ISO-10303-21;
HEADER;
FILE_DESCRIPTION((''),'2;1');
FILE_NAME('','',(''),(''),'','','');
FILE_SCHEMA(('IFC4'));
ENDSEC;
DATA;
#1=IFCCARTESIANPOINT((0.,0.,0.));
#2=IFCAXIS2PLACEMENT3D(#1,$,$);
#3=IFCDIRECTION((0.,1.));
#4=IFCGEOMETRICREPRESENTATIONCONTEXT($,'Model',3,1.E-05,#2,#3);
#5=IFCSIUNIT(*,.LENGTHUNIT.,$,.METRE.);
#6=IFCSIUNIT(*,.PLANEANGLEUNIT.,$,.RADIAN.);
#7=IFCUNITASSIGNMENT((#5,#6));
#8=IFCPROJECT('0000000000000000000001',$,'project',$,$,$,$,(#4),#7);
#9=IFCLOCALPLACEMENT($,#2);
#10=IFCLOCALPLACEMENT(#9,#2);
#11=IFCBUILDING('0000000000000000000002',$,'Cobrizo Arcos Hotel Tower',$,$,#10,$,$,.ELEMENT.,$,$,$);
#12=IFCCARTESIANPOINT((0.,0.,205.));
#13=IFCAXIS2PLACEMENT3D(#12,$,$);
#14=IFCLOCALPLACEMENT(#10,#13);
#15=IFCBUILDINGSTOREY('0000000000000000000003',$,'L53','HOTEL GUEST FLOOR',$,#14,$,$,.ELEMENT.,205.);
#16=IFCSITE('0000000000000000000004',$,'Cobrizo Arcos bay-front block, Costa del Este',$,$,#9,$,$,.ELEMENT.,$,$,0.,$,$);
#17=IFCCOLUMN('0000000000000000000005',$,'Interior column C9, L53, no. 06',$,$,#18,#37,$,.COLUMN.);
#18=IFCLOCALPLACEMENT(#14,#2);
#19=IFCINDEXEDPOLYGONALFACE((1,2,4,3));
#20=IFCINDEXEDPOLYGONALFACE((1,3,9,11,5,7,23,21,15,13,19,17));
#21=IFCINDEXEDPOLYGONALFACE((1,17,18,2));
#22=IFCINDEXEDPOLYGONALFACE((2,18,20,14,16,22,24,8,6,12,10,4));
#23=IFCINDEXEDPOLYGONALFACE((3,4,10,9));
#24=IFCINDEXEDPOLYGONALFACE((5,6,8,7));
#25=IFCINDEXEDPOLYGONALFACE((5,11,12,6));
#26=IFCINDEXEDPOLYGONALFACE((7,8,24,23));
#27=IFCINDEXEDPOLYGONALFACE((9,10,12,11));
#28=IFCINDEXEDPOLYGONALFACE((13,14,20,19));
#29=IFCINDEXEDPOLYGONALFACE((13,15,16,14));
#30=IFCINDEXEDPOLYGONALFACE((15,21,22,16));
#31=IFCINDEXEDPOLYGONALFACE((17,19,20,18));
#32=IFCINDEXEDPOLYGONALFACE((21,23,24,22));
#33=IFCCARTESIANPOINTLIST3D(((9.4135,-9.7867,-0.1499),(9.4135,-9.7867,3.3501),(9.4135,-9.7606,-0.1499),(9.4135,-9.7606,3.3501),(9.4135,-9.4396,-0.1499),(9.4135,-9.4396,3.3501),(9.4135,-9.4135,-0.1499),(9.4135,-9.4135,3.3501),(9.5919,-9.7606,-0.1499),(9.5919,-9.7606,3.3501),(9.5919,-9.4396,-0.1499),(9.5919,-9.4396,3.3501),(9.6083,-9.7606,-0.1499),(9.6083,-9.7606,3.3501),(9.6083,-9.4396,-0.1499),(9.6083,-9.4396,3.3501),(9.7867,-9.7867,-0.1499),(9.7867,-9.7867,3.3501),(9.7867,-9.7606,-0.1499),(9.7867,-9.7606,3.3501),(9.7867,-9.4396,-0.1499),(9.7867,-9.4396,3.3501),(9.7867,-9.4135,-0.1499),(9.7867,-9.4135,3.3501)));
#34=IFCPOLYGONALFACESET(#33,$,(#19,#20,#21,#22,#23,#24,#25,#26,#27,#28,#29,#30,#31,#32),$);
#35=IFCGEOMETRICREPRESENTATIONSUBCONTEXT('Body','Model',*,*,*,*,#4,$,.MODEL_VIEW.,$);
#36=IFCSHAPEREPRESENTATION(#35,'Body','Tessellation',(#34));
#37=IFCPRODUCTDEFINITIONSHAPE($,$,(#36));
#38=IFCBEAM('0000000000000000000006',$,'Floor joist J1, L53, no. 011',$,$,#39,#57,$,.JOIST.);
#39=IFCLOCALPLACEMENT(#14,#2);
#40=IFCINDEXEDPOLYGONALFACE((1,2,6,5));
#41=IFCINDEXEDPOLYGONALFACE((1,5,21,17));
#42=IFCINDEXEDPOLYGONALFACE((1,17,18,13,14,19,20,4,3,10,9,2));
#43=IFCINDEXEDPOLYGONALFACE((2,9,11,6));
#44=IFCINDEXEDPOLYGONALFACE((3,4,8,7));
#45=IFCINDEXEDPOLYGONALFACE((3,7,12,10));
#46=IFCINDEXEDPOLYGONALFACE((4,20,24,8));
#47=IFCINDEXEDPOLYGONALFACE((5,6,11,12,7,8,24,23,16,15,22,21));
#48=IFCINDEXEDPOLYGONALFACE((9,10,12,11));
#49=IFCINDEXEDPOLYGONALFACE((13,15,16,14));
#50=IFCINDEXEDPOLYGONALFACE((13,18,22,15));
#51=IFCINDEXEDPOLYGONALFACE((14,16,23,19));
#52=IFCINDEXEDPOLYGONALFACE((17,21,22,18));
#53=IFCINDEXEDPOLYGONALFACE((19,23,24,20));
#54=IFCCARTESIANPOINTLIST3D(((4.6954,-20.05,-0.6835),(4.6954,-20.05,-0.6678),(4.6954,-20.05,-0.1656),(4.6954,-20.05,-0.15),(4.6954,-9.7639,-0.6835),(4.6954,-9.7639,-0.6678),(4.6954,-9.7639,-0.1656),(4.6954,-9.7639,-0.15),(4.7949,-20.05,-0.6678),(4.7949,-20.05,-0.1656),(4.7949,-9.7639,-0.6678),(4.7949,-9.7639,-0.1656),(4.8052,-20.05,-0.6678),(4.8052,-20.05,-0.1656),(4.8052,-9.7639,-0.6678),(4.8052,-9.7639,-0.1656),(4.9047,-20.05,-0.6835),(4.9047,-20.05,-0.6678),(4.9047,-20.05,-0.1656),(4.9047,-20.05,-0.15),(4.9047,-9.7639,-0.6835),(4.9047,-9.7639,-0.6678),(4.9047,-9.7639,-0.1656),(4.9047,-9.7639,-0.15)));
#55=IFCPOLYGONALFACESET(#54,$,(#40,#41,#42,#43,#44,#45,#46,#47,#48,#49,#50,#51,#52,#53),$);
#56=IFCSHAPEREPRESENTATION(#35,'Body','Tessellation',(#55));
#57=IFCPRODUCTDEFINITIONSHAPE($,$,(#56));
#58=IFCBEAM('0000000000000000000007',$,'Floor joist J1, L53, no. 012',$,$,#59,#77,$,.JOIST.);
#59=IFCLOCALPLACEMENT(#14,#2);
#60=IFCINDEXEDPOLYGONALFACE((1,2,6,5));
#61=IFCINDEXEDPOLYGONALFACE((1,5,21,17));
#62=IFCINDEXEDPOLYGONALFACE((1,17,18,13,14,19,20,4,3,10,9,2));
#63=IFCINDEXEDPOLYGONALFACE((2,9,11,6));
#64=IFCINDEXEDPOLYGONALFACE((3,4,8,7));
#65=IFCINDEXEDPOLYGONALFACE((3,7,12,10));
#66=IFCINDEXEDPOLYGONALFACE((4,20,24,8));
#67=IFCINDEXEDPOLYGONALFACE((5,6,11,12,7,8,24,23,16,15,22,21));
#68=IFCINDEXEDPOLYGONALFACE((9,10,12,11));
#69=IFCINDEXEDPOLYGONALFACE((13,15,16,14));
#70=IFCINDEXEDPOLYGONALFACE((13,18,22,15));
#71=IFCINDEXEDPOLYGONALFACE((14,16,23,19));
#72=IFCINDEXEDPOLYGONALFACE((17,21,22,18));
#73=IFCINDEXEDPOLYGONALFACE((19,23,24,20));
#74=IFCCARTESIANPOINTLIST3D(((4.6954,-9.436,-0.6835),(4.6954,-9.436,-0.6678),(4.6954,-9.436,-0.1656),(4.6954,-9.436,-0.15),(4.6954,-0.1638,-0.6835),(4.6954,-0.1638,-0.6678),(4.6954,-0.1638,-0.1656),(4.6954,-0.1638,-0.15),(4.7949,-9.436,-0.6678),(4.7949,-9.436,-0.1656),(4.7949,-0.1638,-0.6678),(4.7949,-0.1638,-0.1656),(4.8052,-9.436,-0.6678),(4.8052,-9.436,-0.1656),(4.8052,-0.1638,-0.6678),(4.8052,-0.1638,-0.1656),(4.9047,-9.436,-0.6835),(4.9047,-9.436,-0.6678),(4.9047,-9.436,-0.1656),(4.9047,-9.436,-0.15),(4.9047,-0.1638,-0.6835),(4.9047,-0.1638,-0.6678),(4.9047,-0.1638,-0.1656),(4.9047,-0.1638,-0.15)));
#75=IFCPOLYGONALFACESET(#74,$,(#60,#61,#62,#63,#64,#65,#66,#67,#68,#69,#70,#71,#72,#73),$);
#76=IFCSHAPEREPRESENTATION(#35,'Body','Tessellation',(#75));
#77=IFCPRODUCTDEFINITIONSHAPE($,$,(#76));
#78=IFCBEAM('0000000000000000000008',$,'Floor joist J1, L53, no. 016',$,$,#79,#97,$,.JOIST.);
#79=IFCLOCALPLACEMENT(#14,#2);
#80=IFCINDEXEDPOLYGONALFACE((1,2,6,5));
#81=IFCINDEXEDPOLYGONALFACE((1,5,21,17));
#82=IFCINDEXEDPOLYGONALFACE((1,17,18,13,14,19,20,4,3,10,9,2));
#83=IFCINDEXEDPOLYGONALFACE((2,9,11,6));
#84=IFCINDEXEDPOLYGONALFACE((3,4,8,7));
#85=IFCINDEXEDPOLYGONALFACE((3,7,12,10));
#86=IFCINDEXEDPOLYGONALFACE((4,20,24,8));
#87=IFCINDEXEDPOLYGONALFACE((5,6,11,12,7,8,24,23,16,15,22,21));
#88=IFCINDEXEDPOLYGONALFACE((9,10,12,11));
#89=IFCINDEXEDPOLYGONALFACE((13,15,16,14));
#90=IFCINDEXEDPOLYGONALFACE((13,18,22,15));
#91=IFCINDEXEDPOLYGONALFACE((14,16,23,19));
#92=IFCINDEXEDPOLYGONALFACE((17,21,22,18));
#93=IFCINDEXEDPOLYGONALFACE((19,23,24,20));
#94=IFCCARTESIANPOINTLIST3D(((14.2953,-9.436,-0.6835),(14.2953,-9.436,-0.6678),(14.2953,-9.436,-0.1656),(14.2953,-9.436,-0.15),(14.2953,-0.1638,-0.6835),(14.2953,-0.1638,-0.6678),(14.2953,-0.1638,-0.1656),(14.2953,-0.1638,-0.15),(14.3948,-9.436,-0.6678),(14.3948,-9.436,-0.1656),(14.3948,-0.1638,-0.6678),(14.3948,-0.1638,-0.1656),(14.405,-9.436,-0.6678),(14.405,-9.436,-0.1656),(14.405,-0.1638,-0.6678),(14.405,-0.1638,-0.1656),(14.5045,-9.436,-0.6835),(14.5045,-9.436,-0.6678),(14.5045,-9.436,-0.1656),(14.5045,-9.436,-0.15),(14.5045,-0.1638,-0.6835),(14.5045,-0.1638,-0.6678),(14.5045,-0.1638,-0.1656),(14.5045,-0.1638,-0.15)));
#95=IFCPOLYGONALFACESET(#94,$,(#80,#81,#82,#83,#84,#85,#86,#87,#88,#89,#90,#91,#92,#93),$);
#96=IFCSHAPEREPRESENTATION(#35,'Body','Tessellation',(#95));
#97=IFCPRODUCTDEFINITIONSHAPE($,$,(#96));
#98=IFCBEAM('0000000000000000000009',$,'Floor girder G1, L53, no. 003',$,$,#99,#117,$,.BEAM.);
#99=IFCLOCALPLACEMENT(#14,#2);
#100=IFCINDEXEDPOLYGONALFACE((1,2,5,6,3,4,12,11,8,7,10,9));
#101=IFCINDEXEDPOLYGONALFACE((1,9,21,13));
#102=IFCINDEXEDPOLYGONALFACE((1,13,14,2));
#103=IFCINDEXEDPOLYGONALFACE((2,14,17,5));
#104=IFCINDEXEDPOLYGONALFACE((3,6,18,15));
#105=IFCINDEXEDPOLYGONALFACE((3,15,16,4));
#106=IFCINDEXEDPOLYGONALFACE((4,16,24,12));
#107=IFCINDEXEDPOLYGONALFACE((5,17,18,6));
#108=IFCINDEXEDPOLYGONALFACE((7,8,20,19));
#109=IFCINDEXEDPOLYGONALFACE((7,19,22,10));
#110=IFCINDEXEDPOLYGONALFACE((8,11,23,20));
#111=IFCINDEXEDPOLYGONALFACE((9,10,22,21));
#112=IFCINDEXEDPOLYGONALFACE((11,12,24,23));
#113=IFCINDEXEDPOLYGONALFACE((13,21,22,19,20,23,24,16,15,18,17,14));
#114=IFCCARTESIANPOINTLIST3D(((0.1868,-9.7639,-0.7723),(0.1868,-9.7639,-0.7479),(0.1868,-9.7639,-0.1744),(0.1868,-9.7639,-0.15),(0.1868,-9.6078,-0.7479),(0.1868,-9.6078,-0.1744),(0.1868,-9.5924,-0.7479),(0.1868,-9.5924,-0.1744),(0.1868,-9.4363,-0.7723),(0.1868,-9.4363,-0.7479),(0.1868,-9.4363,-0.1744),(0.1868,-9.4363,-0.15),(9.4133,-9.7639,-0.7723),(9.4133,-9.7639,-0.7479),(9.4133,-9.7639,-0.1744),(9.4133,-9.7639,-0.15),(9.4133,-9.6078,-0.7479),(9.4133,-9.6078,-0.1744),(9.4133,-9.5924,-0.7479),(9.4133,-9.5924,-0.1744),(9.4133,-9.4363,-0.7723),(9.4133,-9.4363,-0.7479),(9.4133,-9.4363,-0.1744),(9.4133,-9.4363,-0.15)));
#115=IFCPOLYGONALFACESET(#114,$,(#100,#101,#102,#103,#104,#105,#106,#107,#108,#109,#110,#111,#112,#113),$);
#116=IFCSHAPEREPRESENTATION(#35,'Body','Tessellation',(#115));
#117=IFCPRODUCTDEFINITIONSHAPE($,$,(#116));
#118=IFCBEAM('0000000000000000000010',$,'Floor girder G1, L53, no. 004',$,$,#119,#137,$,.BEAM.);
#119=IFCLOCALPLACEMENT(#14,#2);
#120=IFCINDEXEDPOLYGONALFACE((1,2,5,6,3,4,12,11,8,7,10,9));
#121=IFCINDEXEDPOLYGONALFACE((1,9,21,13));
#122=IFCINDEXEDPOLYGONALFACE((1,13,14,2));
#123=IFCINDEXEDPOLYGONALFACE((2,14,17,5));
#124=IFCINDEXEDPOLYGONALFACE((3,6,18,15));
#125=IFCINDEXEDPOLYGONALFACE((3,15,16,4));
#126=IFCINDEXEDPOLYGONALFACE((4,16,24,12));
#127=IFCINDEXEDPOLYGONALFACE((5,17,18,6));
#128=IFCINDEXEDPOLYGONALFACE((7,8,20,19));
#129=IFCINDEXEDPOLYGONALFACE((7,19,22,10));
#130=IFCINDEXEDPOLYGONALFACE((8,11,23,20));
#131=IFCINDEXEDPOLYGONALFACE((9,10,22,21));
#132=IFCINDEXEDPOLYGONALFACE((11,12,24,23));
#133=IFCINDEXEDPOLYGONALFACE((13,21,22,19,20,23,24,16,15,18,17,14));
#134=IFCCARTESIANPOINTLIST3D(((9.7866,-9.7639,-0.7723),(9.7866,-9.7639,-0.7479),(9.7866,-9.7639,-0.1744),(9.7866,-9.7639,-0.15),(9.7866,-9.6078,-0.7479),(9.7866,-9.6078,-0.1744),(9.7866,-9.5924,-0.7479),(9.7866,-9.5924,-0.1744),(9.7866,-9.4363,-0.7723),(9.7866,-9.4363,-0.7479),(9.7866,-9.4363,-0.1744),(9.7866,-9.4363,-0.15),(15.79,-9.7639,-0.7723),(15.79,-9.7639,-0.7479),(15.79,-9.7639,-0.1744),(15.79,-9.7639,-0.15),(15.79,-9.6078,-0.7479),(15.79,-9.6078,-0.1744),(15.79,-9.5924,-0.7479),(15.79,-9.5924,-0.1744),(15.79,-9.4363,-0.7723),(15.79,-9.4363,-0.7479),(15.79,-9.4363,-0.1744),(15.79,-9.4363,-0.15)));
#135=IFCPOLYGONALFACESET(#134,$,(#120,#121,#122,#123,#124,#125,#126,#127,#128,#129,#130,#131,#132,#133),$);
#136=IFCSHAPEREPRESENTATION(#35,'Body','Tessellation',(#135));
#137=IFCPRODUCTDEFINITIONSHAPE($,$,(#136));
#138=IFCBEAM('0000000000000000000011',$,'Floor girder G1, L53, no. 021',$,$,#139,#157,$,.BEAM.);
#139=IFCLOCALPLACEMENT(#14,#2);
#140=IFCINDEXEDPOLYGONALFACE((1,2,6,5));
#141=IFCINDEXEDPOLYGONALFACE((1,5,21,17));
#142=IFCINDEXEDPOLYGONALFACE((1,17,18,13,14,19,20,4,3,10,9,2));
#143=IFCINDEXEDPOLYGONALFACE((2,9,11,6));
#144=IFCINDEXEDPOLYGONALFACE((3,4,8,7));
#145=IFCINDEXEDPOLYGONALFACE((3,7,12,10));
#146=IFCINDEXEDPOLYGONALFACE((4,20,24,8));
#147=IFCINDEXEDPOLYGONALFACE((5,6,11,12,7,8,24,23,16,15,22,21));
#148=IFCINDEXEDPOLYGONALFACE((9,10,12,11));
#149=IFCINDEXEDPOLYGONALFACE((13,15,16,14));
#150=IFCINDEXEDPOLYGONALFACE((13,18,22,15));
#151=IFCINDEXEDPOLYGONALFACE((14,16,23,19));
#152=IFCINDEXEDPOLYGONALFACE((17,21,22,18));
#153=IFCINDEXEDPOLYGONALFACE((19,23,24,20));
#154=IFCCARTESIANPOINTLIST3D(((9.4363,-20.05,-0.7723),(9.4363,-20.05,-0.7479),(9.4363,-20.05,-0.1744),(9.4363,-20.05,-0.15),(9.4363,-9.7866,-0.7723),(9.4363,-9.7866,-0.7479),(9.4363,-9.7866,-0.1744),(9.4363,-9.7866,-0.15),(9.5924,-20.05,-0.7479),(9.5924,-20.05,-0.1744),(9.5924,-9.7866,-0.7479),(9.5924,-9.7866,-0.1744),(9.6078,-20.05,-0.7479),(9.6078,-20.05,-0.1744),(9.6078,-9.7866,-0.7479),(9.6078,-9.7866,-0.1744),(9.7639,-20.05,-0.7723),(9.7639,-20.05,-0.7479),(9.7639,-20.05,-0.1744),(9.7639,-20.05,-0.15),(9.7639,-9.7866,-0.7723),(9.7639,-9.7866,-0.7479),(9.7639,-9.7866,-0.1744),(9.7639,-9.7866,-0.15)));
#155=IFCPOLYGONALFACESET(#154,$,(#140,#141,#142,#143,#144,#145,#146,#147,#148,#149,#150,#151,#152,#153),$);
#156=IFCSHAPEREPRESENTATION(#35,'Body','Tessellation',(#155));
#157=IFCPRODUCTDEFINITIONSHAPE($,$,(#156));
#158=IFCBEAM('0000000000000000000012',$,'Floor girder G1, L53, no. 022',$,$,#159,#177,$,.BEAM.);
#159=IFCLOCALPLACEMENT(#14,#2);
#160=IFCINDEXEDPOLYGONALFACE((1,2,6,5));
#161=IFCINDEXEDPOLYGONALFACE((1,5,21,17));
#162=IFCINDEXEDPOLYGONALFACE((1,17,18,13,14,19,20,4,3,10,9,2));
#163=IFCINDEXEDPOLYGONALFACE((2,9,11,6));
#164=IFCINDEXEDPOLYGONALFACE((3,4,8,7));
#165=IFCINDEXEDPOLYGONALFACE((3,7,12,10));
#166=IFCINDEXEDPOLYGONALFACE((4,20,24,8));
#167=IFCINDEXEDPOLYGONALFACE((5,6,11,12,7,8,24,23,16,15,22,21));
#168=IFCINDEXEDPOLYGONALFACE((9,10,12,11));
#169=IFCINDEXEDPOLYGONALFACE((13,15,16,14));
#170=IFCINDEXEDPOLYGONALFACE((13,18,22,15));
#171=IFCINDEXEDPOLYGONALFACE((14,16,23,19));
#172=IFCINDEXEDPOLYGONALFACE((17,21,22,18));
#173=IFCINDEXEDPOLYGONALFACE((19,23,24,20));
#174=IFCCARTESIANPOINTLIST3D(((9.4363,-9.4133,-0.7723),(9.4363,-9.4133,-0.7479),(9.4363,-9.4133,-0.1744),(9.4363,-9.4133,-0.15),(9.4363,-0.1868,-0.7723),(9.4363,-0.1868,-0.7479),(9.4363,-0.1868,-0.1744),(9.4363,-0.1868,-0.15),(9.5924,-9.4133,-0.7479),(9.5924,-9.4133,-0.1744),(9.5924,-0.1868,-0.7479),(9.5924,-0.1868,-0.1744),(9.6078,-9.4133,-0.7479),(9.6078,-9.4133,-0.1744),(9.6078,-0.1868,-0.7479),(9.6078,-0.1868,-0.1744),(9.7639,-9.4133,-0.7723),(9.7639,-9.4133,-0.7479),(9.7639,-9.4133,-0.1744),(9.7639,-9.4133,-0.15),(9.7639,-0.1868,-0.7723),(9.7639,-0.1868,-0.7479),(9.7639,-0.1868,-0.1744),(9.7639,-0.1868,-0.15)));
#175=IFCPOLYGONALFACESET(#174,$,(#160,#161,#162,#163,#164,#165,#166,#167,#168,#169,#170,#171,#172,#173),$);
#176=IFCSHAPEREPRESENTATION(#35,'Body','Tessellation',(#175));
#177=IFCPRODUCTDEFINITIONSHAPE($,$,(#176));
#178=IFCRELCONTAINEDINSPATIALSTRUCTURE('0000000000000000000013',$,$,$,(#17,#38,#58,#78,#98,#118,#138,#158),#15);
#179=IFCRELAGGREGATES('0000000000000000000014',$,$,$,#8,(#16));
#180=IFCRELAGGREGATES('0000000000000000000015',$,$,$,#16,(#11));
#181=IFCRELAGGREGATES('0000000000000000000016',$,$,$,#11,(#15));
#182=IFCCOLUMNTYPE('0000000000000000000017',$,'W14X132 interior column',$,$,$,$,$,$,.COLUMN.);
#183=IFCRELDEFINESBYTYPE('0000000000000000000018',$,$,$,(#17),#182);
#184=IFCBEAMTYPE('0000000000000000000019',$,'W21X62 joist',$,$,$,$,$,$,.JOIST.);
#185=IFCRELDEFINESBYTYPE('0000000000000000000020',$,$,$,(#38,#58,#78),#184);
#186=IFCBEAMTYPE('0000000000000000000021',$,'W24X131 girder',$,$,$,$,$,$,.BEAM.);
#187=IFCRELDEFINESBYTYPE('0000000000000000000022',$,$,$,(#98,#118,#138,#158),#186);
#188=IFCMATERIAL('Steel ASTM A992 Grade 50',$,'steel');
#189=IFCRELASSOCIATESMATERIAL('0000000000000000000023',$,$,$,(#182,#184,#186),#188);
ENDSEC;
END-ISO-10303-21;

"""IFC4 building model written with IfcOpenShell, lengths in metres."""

from ifc_helpers import new_model, si_unit, direction, frame, origin, origin_2d, place, context, subcontext, project, spatial, i_section, extrude, material, material_profile, profile_set, type_object, element, save


model = new_model("IFC4")

# Units and contexts
model_context = context("Model", 3, precision=1e-05, world=origin(), true_north=direction((0.0, 1.0)))
body_context = subcontext(model_context, "Body", "Model", "MODEL_VIEW")
ifc_project = project(units=[si_unit("LENGTHUNIT", "METRE"), si_unit("PLANEANGLEUNIT", "RADIAN")], contexts=[model_context])

# Site, building, storey
site_placement = place(None, origin())
site = spatial("IfcSite", under=ifc_project, at=site_placement, Name="Cobrizo Arcos bay-front block, Costa del Este", CompositionType="ELEMENT", RefElevation=0.0)
building_placement = place(site_placement, origin())
building = spatial("IfcBuilding", under=site, at=building_placement, Name="Cobrizo Arcos Hotel Tower", CompositionType="ELEMENT")
storey_placement = place(building_placement, frame((0.0, 0.0, 205.0)))
storey = spatial("IfcBuildingStorey", under=building, at=storey_placement, Name="L53", Description="HOTEL GUEST FLOOR", CompositionType="ELEMENT", Elevation=205.0)

# Column
ifc_material_1 = material(Name="Steel ASTM A992 Grade 50", Category="steel")
ifc_material_profile_1 = material_profile(ifc_material_1, i_section(OverallWidth=0.3733, OverallDepth=0.3733, WebThickness=0.0164, FlangeThickness=0.0261, at=origin_2d()), Name="W14X132")
ifc_profile_set_1 = profile_set([ifc_material_profile_1], Name="Steel ASTM A992 Grade 50")
column_type = type_object("IfcColumnType", Name="W14X132 interior column", PredefinedType="COLUMN", material=ifc_profile_set_1)
column_placement = place(storey_placement, frame((9.6001, -9.6001, -0.1499), z_axis=(0.0, 0.0, 1.0), x_axis=(1.0, 0.0, 0.0)))
element("IfcColumn", 1, at=column_placement, inside=storey, type_object=column_type, Name="Interior column C9, L53, no. 06", PredefinedType="COLUMN", context=body_context, shape_type="SweptSolid", body=[
    extrude(i_section(OverallWidth=0.3733, OverallDepth=0.3733, WebThickness=0.0164, FlangeThickness=0.0261, at=origin_2d()), origin(), (0.0, 0.0, 1.0), 3.5),
])

# Beams
ifc_material_profile_2 = material_profile(ifc_material_1, i_section(OverallWidth=0.2092, OverallDepth=0.5334, WebThickness=0.0103, FlangeThickness=0.0156, at=origin_2d()), Name="W21X62")
ifc_profile_set_2 = profile_set([ifc_material_profile_2], Name="Steel ASTM A992 Grade 50")
beam_type_1 = type_object("IfcBeamType", Name="W21X62 joist", PredefinedType="JOIST", material=ifc_profile_set_2)
beam_1_placement = place(storey_placement, frame((4.8, -20.05, -0.4167), z_axis=(0.0, 1.0, 0.0), x_axis=(-1.0, 0.0, 0.0)))
element("IfcBeam", 2, at=beam_1_placement, inside=storey, type_object=beam_type_1, Name="Floor joist J1, L53, no. 011", PredefinedType="JOIST", context=body_context, shape_type="SweptSolid", body=[
    extrude(i_section(OverallWidth=0.2092, OverallDepth=0.5334, WebThickness=0.0103, FlangeThickness=0.0156, at=origin_2d()), origin(), (0.0, 0.0, 1.0), 10.2861),
])
for number, where, z_axis, x_axis, name in (
    (3, (4.8, -9.436, -0.4167), (0.0, 1.0, 0.0), (-1.0, 0.0, 0.0), "Floor joist J1, L53, no. 012"),
    (4, (14.3999, -9.436, -0.4167), (0.0, 1.0, 0.0), (-1.0, 0.0, 0.0), "Floor joist J1, L53, no. 016"),
):
    element("IfcBeam", number, at=place(storey_placement, frame(where, z_axis=z_axis, x_axis=x_axis)), inside=storey, type_object=beam_type_1, Name=name, PredefinedType="JOIST", context=body_context, shape_type="SweptSolid", body=[
        extrude(i_section(OverallWidth=0.2092, OverallDepth=0.5334, WebThickness=0.0103, FlangeThickness=0.0156, at=origin_2d()), origin(), (0.0, 0.0, 1.0), 9.2722),
    ])
ifc_material_profile_3 = material_profile(ifc_material_1, i_section(OverallWidth=0.3276, OverallDepth=0.6223, WebThickness=0.0154, FlangeThickness=0.0244, at=origin_2d()), Name="W24X131")
ifc_profile_set_3 = profile_set([ifc_material_profile_3], Name="Steel ASTM A992 Grade 50")
beam_type_2 = type_object("IfcBeamType", Name="W24X131 girder", PredefinedType="BEAM", material=ifc_profile_set_3)
beam_2_placement = place(storey_placement, frame((0.1868, -9.6001, -0.4612), z_axis=(1.0, 0.0, 0.0), x_axis=(0.0, 1.0, 0.0)))
element("IfcBeam", 5, at=beam_2_placement, inside=storey, type_object=beam_type_2, Name="Floor girder G1, L53, no. 003", PredefinedType="BEAM", context=body_context, shape_type="SweptSolid", body=[
    extrude(i_section(OverallWidth=0.3276, OverallDepth=0.6223, WebThickness=0.0154, FlangeThickness=0.0244, at=origin_2d()), origin(), (0.0, 0.0, 1.0), 9.2266),
])
beam_3_placement = place(storey_placement, frame((9.7866, -9.6001, -0.4612), z_axis=(1.0, 0.0, 0.0), x_axis=(0.0, 1.0, 0.0)))
element("IfcBeam", 6, at=beam_3_placement, inside=storey, type_object=beam_type_2, Name="Floor girder G1, L53, no. 004", PredefinedType="BEAM", context=body_context, shape_type="SweptSolid", body=[
    extrude(i_section(OverallWidth=0.3276, OverallDepth=0.6223, WebThickness=0.0154, FlangeThickness=0.0244, at=origin_2d()), origin(), (0.0, 0.0, 1.0), 6.0034),
])
beam_4_placement = place(storey_placement, frame((9.6001, -20.05, -0.4612), z_axis=(0.0, 1.0, 0.0), x_axis=(-1.0, 0.0, 0.0)))
element("IfcBeam", 7, at=beam_4_placement, inside=storey, type_object=beam_type_2, Name="Floor girder G1, L53, no. 021", PredefinedType="BEAM", context=body_context, shape_type="SweptSolid", body=[
    extrude(i_section(OverallWidth=0.3276, OverallDepth=0.6223, WebThickness=0.0154, FlangeThickness=0.0244, at=origin_2d()), origin(), (0.0, 0.0, 1.0), 10.2634),
])
beam_5_placement = place(storey_placement, frame((9.6001, -9.4133, -0.4612), z_axis=(0.0, 1.0, 0.0), x_axis=(-1.0, 0.0, 0.0)))
element("IfcBeam", 8, at=beam_5_placement, inside=storey, type_object=beam_type_2, Name="Floor girder G1, L53, no. 022", PredefinedType="BEAM", context=body_context, shape_type="SweptSolid", body=[
    extrude(i_section(OverallWidth=0.3276, OverallDepth=0.6223, WebThickness=0.0154, FlangeThickness=0.0244, at=origin_2d()), origin(), (0.0, 0.0, 1.0), 9.2266),
])

save(model, "model.ifc")
